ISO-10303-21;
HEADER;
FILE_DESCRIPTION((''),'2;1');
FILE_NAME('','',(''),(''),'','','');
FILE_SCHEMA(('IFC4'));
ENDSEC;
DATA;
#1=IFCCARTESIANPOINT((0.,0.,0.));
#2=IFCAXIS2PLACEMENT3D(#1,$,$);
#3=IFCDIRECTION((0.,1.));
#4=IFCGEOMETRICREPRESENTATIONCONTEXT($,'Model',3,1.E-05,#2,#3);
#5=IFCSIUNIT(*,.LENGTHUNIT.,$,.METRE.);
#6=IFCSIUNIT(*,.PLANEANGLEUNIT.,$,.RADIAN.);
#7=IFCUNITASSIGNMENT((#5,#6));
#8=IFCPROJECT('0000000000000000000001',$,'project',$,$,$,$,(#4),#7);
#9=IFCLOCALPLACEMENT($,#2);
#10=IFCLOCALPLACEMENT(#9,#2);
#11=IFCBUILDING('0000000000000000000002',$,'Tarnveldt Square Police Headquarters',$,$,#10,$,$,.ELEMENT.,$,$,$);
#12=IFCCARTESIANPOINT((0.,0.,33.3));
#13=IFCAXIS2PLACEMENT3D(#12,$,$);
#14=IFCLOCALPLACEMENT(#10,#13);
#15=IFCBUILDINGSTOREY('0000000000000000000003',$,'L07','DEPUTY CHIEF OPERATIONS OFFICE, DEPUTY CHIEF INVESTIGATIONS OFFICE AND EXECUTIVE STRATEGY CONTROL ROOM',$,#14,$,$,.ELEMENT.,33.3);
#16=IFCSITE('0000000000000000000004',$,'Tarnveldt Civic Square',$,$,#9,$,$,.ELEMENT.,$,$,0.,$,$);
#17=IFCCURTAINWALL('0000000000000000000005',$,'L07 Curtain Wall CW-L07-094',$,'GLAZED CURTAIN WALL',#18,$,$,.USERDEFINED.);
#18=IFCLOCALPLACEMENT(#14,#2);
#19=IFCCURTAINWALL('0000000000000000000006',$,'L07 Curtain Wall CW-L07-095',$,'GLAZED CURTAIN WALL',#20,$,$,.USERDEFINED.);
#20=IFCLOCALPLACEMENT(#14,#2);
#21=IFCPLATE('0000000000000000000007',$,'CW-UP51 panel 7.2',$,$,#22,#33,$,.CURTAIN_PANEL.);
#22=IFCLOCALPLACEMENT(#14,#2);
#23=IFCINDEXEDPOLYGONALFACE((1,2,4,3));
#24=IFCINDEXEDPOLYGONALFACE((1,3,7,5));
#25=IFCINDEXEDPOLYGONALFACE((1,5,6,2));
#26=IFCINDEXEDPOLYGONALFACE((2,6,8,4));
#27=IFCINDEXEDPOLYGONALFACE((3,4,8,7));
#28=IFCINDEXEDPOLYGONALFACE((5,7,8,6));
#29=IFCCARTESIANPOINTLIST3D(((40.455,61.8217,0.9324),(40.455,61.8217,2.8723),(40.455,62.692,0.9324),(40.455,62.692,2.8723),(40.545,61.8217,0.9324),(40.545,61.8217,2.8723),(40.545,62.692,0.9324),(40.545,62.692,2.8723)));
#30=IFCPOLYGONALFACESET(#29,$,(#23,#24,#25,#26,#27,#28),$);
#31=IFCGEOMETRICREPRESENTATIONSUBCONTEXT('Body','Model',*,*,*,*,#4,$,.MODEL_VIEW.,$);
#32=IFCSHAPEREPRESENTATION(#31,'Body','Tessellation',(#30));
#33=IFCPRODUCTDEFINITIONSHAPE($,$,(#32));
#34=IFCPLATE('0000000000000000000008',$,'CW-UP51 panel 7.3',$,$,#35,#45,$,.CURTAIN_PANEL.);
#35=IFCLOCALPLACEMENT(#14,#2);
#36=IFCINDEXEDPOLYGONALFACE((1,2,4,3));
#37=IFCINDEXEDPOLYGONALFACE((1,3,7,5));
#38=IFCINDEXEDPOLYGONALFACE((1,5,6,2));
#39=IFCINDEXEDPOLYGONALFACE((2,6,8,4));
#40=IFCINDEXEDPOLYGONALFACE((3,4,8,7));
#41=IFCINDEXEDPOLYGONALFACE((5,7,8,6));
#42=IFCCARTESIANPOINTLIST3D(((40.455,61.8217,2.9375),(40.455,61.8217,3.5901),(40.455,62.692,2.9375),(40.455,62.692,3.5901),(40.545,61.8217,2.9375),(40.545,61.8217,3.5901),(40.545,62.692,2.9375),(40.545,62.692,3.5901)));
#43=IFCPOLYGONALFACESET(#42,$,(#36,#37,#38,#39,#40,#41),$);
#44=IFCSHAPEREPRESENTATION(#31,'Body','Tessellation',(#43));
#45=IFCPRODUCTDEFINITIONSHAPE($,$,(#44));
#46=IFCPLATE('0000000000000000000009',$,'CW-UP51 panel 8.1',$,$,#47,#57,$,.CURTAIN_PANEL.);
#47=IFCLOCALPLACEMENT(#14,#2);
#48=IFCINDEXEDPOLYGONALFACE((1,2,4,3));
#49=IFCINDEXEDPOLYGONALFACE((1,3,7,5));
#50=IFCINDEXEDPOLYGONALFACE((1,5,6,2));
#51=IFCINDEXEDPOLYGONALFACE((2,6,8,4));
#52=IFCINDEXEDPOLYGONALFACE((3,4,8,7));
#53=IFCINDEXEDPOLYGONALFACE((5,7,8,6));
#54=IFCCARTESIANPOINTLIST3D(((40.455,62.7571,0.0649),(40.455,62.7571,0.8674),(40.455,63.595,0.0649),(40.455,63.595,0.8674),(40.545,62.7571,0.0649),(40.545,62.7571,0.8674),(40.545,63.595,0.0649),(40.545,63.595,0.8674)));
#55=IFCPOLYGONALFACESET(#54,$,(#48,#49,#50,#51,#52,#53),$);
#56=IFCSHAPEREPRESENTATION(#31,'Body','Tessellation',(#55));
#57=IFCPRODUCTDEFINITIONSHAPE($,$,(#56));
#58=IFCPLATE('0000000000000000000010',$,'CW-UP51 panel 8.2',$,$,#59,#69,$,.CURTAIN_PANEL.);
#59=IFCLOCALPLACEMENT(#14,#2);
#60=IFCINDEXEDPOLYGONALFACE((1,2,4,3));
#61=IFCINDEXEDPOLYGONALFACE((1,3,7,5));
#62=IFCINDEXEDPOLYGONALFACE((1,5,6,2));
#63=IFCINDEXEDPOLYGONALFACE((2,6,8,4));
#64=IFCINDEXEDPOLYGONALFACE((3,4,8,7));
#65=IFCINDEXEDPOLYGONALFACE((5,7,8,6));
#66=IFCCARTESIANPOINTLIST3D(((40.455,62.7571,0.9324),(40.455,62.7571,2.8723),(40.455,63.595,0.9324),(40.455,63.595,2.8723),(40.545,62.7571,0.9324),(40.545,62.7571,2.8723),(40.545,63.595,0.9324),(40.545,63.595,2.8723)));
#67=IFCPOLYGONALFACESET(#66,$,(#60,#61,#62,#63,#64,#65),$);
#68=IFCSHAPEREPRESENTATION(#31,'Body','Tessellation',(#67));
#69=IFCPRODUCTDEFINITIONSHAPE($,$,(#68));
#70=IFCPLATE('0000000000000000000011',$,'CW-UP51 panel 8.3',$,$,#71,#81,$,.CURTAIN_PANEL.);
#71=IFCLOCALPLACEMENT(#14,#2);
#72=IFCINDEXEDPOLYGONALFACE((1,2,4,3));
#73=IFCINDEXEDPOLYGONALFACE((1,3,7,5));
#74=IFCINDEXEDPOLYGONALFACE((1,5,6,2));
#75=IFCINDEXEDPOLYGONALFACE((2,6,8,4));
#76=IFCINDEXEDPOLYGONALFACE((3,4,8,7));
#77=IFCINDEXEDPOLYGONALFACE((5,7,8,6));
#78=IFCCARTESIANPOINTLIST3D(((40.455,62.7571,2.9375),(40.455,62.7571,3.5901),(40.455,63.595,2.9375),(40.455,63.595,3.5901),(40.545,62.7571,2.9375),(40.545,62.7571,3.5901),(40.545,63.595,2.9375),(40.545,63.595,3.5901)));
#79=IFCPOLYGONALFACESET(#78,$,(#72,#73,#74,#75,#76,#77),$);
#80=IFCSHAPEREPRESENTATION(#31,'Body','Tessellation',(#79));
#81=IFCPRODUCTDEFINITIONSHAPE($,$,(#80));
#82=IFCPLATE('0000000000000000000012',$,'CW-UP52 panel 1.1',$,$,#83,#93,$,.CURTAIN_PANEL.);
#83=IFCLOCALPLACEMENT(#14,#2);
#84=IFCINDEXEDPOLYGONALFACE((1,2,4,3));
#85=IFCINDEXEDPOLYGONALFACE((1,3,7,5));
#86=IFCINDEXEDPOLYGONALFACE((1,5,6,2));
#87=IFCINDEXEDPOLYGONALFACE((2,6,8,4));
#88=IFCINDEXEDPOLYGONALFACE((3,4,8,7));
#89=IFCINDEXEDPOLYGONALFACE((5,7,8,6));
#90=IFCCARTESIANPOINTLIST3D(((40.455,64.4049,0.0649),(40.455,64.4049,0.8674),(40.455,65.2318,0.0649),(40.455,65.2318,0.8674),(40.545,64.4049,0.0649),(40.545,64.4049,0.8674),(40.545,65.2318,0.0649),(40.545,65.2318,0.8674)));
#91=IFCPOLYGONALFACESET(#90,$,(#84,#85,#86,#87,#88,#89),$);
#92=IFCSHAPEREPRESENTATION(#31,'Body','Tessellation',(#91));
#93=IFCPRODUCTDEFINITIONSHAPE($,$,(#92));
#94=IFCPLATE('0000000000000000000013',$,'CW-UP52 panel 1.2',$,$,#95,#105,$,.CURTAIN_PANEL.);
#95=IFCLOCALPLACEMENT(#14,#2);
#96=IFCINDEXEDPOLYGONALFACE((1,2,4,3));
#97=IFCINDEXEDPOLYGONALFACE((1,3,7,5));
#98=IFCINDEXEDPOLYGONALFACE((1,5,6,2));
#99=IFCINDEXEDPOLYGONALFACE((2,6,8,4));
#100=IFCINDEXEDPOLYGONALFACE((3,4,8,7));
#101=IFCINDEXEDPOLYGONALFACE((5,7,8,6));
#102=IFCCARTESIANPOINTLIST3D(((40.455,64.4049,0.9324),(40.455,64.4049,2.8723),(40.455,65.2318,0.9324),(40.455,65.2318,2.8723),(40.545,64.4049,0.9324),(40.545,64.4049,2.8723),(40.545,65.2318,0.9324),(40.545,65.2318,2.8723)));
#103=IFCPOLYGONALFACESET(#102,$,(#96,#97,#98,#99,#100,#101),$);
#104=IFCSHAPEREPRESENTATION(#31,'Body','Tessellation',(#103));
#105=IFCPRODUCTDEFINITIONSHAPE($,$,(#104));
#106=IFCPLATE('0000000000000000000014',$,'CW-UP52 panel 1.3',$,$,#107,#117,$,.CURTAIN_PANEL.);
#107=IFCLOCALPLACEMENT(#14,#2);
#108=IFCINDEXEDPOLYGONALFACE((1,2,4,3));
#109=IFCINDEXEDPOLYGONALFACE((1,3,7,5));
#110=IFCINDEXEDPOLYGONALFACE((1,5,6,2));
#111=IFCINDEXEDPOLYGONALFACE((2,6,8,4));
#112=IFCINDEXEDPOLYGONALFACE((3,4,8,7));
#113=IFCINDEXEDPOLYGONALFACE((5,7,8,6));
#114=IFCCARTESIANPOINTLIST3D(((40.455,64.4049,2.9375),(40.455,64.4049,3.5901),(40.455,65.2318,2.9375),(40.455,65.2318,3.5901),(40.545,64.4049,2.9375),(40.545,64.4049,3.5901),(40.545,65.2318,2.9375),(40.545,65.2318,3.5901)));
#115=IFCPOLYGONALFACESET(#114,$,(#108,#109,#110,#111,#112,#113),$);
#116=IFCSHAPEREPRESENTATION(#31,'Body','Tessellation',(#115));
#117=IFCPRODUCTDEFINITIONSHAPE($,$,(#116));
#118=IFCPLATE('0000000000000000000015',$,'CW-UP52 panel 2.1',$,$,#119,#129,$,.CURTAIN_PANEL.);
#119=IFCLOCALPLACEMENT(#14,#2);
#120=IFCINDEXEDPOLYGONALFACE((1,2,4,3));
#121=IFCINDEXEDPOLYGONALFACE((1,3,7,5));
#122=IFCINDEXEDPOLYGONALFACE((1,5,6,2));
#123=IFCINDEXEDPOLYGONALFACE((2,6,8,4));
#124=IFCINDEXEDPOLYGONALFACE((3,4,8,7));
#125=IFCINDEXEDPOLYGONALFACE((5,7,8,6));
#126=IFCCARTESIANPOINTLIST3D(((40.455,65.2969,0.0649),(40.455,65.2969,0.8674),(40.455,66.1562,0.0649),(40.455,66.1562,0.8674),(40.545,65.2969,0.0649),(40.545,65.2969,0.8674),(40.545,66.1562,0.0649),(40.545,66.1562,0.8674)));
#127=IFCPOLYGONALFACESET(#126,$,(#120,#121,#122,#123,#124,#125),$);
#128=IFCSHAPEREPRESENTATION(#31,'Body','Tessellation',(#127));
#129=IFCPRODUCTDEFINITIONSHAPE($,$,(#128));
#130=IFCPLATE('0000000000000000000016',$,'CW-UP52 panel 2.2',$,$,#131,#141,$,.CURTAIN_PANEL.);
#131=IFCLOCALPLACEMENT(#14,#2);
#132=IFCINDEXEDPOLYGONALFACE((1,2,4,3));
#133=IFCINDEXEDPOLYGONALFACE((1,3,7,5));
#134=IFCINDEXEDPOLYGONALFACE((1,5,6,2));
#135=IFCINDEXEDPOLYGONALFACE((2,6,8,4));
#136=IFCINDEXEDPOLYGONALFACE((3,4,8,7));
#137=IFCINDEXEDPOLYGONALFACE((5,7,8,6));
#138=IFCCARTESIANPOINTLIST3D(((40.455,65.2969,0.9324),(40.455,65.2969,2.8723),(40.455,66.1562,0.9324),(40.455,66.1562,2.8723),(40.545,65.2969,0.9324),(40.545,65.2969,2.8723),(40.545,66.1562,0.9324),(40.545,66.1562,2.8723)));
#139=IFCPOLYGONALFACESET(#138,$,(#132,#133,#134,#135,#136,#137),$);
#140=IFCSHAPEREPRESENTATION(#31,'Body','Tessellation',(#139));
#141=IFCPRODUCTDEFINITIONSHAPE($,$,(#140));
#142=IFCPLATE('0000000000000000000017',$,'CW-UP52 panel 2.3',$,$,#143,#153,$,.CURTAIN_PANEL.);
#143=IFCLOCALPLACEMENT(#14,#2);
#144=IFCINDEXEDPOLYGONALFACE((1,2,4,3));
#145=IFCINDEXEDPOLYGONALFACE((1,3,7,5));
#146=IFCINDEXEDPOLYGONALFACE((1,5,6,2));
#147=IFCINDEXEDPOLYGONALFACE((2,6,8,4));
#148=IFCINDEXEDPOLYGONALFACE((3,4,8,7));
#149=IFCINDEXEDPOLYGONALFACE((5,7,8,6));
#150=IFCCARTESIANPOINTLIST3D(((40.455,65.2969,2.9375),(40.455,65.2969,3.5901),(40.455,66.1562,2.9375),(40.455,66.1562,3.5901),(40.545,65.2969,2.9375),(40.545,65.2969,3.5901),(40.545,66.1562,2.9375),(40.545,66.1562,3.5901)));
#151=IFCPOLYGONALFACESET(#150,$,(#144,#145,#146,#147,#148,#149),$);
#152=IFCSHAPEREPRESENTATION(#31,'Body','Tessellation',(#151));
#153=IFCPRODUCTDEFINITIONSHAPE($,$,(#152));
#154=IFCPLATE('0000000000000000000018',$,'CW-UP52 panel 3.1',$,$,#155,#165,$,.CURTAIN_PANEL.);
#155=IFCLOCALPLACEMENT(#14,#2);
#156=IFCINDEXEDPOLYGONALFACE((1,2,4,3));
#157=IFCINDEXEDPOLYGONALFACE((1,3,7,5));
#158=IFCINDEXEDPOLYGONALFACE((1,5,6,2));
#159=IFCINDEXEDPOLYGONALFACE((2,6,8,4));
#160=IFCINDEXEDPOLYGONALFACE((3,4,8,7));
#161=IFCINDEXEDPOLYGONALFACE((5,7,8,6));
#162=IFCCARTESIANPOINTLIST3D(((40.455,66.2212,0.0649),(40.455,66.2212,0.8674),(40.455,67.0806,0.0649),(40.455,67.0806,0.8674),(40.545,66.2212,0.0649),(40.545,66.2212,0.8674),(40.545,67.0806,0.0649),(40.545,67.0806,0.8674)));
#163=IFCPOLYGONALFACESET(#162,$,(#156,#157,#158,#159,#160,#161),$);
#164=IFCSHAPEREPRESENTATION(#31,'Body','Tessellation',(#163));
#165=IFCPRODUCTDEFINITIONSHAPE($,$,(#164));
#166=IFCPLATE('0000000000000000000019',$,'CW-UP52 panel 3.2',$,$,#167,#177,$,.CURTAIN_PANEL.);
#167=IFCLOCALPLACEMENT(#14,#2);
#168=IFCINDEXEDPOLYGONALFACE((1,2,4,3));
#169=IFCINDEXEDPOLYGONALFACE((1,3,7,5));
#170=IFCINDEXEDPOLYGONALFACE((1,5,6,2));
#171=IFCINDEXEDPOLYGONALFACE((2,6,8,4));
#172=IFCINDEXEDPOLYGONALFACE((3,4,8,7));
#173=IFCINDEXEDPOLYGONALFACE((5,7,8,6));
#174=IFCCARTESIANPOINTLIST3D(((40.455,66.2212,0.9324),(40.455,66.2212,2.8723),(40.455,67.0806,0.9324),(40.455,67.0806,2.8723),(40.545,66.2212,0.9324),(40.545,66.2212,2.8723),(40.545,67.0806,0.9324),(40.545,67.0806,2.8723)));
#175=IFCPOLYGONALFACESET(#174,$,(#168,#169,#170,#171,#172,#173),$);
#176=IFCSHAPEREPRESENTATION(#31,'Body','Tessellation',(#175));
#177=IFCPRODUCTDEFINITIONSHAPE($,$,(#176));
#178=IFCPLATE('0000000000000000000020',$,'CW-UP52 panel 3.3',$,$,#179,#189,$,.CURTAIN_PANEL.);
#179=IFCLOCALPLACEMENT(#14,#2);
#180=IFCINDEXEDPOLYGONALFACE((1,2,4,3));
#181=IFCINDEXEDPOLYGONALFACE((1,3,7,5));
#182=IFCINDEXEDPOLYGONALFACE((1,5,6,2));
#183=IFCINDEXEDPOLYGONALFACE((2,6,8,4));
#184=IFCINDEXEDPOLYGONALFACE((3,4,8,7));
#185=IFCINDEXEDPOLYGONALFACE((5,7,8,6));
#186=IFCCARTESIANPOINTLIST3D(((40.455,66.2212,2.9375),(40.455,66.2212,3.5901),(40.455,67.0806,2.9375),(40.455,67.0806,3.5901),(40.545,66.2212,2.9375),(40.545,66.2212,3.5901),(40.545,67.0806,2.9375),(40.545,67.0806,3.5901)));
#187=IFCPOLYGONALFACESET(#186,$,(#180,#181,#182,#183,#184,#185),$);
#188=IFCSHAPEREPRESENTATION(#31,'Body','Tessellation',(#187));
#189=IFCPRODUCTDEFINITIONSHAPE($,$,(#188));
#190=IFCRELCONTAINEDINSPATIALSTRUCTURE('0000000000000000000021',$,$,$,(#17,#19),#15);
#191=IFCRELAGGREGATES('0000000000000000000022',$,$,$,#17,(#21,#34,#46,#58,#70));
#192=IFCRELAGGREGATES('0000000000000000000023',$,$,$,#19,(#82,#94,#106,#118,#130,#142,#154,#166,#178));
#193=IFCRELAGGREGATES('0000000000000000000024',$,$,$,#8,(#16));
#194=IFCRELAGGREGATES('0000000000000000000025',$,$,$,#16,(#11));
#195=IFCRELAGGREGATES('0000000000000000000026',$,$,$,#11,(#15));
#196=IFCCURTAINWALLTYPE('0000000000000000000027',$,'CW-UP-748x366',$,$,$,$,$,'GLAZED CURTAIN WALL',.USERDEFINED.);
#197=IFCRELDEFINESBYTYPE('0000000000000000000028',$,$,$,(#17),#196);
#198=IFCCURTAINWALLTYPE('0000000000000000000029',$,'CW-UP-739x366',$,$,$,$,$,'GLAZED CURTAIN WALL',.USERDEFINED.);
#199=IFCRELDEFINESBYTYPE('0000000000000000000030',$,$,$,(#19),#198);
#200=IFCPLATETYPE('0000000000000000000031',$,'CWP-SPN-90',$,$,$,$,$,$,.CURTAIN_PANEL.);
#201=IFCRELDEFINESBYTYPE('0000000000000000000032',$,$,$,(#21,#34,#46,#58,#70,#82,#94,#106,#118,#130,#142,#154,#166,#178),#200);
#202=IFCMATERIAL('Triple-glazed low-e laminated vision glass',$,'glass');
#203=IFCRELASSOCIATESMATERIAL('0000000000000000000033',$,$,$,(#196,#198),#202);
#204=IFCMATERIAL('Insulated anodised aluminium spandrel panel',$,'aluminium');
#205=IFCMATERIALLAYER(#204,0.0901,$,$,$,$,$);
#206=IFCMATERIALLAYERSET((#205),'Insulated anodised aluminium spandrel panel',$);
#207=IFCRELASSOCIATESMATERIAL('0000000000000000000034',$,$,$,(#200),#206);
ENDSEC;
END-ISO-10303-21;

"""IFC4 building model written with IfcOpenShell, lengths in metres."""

from ifc_helpers import new_model, si_unit, direction, frame, origin, origin_2d, place, context, subcontext, project, spatial, rectangle, extrude, material, layer, layer_set, type_object, element, aggregate, save


model = new_model("IFC4")

# Units and contexts
model_context = context("Model", 3, precision=1e-05, world=origin(), true_north=direction((0.0, 1.0)))
body_context = subcontext(model_context, "Body", "Model", "MODEL_VIEW")
ifc_project = project(units=[si_unit("LENGTHUNIT", "METRE"), si_unit("PLANEANGLEUNIT", "RADIAN")], contexts=[model_context])

# Site, building, storey
site_placement = place(None, origin())
site = spatial("IfcSite", under=ifc_project, at=site_placement, Name="Tarnveldt Civic Square", CompositionType="ELEMENT", RefElevation=0.0)
building_placement = place(site_placement, origin())
building = spatial("IfcBuilding", under=site, at=building_placement, Name="Tarnveldt Square Police Headquarters", CompositionType="ELEMENT")
storey_placement = place(building_placement, frame((0.0, 0.0, 33.3)))
storey = spatial("IfcBuildingStorey", under=building, at=storey_placement, Name="L07", Description="DEPUTY CHIEF OPERATIONS OFFICE, DEPUTY CHIEF INVESTIGATIONS OFFICE AND EXECUTIVE STRATEGY CONTROL ROOM", CompositionType="ELEMENT", Elevation=33.3)

# Curtain walls
ifc_material_1 = material(Name="Triple-glazed low-e laminated vision glass", Category="glass")
curtain_wall_type_1 = type_object("IfcCurtainWallType", Name="CW-UP-748x366", ElementType="GLAZED CURTAIN WALL", PredefinedType="USERDEFINED", material=ifc_material_1)
curtain_wall_1_placement = place(storey_placement, origin())
curtain_wall_1 = element("IfcCurtainWall", 1, at=curtain_wall_1_placement, inside=storey, type_object=curtain_wall_type_1, Name="L07 Curtain Wall CW-L07-094", ObjectType="GLAZED CURTAIN WALL", PredefinedType="USERDEFINED")
curtain_wall_type_2 = type_object("IfcCurtainWallType", Name="CW-UP-739x366", ElementType="GLAZED CURTAIN WALL", PredefinedType="USERDEFINED", material=ifc_material_1)
curtain_wall_2_placement = place(storey_placement, origin())
curtain_wall_2 = element("IfcCurtainWall", 2, at=curtain_wall_2_placement, inside=storey, type_object=curtain_wall_type_2, Name="L07 Curtain Wall CW-L07-095", ObjectType="GLAZED CURTAIN WALL", PredefinedType="USERDEFINED")

# Plates
ifc_material_2 = material(Name="Insulated anodised aluminium spandrel panel", Category="aluminium")
ifc_layer = layer(ifc_material_2, 0.0901)
ifc_layer_set = layer_set([ifc_layer], Name="Insulated anodised aluminium spandrel panel")
plate_type = type_object("IfcPlateType", Name="CWP-SPN-90", PredefinedType="CURTAIN_PANEL", material=ifc_layer_set)
plate_1_placement = place(storey_placement, frame((40.5, 62.2568, 0.9324), z_axis=(0.0, 0.0, 1.0), x_axis=(0.0, 1.0, 0.0)))
plate_1 = element("IfcPlate", 3, at=plate_1_placement, type_object=plate_type, Name="CW-UP51 panel 7.2", PredefinedType="CURTAIN_PANEL", context=body_context, shape_type="SweptSolid", body=[
    extrude(rectangle(XDim=0.8704, YDim=0.0901, at=origin_2d()), origin(), (0.0, 0.0, 1.0), 1.9399),
])
plate_2_placement = place(storey_placement, frame((40.5, 62.2568, 2.9375), z_axis=(0.0, 0.0, 1.0), x_axis=(0.0, 1.0, 0.0)))
plate_2 = element("IfcPlate", 4, at=plate_2_placement, type_object=plate_type, Name="CW-UP51 panel 7.3", PredefinedType="CURTAIN_PANEL", context=body_context, shape_type="SweptSolid", body=[
    extrude(rectangle(XDim=0.8704, YDim=0.0901, at=origin_2d()), origin(), (0.0, 0.0, 1.0), 0.6526),
])
plate_3_placement = place(storey_placement, frame((40.5, 63.176, 0.0649), z_axis=(0.0, 0.0, 1.0), x_axis=(0.0, 1.0, 0.0)))
plate_3 = element("IfcPlate", 5, at=plate_3_placement, type_object=plate_type, Name="CW-UP51 panel 8.1", PredefinedType="CURTAIN_PANEL", context=body_context, shape_type="SweptSolid", body=[
    extrude(rectangle(XDim=0.8379, YDim=0.0901, at=origin_2d()), origin(), (0.0, 0.0, 1.0), 0.8025),
])
plate_4_placement = place(storey_placement, frame((40.5, 63.176, 0.9324), z_axis=(0.0, 0.0, 1.0), x_axis=(0.0, 1.0, 0.0)))
plate_4 = element("IfcPlate", 6, at=plate_4_placement, type_object=plate_type, Name="CW-UP51 panel 8.2", PredefinedType="CURTAIN_PANEL", context=body_context, shape_type="SweptSolid", body=[
    extrude(rectangle(XDim=0.8379, YDim=0.0901, at=origin_2d()), origin(), (0.0, 0.0, 1.0), 1.9399),
])
plate_5_placement = place(storey_placement, frame((40.5, 63.176, 2.9375), z_axis=(0.0, 0.0, 1.0), x_axis=(0.0, 1.0, 0.0)))
plate_5 = element("IfcPlate", 7, at=plate_5_placement, type_object=plate_type, Name="CW-UP51 panel 8.3", PredefinedType="CURTAIN_PANEL", context=body_context, shape_type="SweptSolid", body=[
    extrude(rectangle(XDim=0.8379, YDim=0.0901, at=origin_2d()), origin(), (0.0, 0.0, 1.0), 0.6526),
])
aggregate(curtain_wall_1, [plate_1, plate_2, plate_3, plate_4, plate_5])
plate_6_placement = place(storey_placement, frame((40.5, 64.8184, 0.0649), z_axis=(0.0, 0.0, 1.0), x_axis=(0.0, 1.0, 0.0)))
plate_6 = element("IfcPlate", 8, at=plate_6_placement, type_object=plate_type, Name="CW-UP52 panel 1.1", PredefinedType="CURTAIN_PANEL", context=body_context, shape_type="SweptSolid", body=[
    extrude(rectangle(XDim=0.8269, YDim=0.0901, at=origin_2d()), origin(), (0.0, 0.0, 1.0), 0.8025),
])
plate_7_placement = place(storey_placement, frame((40.5, 64.8184, 0.9324), z_axis=(0.0, 0.0, 1.0), x_axis=(0.0, 1.0, 0.0)))
plate_7 = element("IfcPlate", 9, at=plate_7_placement, type_object=plate_type, Name="CW-UP52 panel 1.2", PredefinedType="CURTAIN_PANEL", context=body_context, shape_type="SweptSolid", body=[
    extrude(rectangle(XDim=0.8269, YDim=0.0901, at=origin_2d()), origin(), (0.0, 0.0, 1.0), 1.9399),
])
plate_8_placement = place(storey_placement, frame((40.5, 64.8184, 2.9375), z_axis=(0.0, 0.0, 1.0), x_axis=(0.0, 1.0, 0.0)))
plate_8 = element("IfcPlate", 10, at=plate_8_placement, type_object=plate_type, Name="CW-UP52 panel 1.3", PredefinedType="CURTAIN_PANEL", context=body_context, shape_type="SweptSolid", body=[
    extrude(rectangle(XDim=0.8269, YDim=0.0901, at=origin_2d()), origin(), (0.0, 0.0, 1.0), 0.6526),
])
plate_9_placement = place(storey_placement, frame((40.5, 65.7266, 0.0649), z_axis=(0.0, 0.0, 1.0), x_axis=(0.0, 1.0, 0.0)))
plate_9 = element("IfcPlate", 11, at=plate_9_placement, type_object=plate_type, Name="CW-UP52 panel 2.1", PredefinedType="CURTAIN_PANEL", context=body_context, shape_type="SweptSolid", body=[
    extrude(rectangle(XDim=0.8594, YDim=0.0901, at=origin_2d()), origin(), (0.0, 0.0, 1.0), 0.8025),
])
plate_10_placement = place(storey_placement, frame((40.5, 65.7266, 0.9324), z_axis=(0.0, 0.0, 1.0), x_axis=(0.0, 1.0, 0.0)))
plate_10 = element("IfcPlate", 12, at=plate_10_placement, type_object=plate_type, Name="CW-UP52 panel 2.2", PredefinedType="CURTAIN_PANEL", context=body_context, shape_type="SweptSolid", body=[
    extrude(rectangle(XDim=0.8594, YDim=0.0901, at=origin_2d()), origin(), (0.0, 0.0, 1.0), 1.9399),
])
plate_11_placement = place(storey_placement, frame((40.5, 65.7266, 2.9375), z_axis=(0.0, 0.0, 1.0), x_axis=(0.0, 1.0, 0.0)))
plate_11 = element("IfcPlate", 13, at=plate_11_placement, type_object=plate_type, Name="CW-UP52 panel 2.3", PredefinedType="CURTAIN_PANEL", context=body_context, shape_type="SweptSolid", body=[
    extrude(rectangle(XDim=0.8594, YDim=0.0901, at=origin_2d()), origin(), (0.0, 0.0, 1.0), 0.6526),
])
plate_12_placement = place(storey_placement, frame((40.5, 66.6509, 0.0649), z_axis=(0.0, 0.0, 1.0), x_axis=(0.0, 1.0, 0.0)))
plate_12 = element("IfcPlate", 14, at=plate_12_placement, type_object=plate_type, Name="CW-UP52 panel 3.1", PredefinedType="CURTAIN_PANEL", context=body_context, shape_type="SweptSolid", body=[
    extrude(rectangle(XDim=0.8594, YDim=0.0901, at=origin_2d()), origin(), (0.0, 0.0, 1.0), 0.8025),
])
plate_13_placement = place(storey_placement, frame((40.5, 66.6509, 0.9324), z_axis=(0.0, 0.0, 1.0), x_axis=(0.0, 1.0, 0.0)))
plate_13 = element("IfcPlate", 15, at=plate_13_placement, type_object=plate_type, Name="CW-UP52 panel 3.2", PredefinedType="CURTAIN_PANEL", context=body_context, shape_type="SweptSolid", body=[
    extrude(rectangle(XDim=0.8594, YDim=0.0901, at=origin_2d()), origin(), (0.0, 0.0, 1.0), 1.9399),
])
plate_14_placement = place(storey_placement, frame((40.5, 66.6509, 2.9375), z_axis=(0.0, 0.0, 1.0), x_axis=(0.0, 1.0, 0.0)))
plate_14 = element("IfcPlate", 16, at=plate_14_placement, type_object=plate_type, Name="CW-UP52 panel 3.3", PredefinedType="CURTAIN_PANEL", context=body_context, shape_type="SweptSolid", body=[
    extrude(rectangle(XDim=0.8594, YDim=0.0901, at=origin_2d()), origin(), (0.0, 0.0, 1.0), 0.6526),
])
aggregate(curtain_wall_2, [plate_6, plate_7, plate_8, plate_9, plate_10, plate_11, plate_12, plate_13, plate_14])

save(model, "model.ifc")
